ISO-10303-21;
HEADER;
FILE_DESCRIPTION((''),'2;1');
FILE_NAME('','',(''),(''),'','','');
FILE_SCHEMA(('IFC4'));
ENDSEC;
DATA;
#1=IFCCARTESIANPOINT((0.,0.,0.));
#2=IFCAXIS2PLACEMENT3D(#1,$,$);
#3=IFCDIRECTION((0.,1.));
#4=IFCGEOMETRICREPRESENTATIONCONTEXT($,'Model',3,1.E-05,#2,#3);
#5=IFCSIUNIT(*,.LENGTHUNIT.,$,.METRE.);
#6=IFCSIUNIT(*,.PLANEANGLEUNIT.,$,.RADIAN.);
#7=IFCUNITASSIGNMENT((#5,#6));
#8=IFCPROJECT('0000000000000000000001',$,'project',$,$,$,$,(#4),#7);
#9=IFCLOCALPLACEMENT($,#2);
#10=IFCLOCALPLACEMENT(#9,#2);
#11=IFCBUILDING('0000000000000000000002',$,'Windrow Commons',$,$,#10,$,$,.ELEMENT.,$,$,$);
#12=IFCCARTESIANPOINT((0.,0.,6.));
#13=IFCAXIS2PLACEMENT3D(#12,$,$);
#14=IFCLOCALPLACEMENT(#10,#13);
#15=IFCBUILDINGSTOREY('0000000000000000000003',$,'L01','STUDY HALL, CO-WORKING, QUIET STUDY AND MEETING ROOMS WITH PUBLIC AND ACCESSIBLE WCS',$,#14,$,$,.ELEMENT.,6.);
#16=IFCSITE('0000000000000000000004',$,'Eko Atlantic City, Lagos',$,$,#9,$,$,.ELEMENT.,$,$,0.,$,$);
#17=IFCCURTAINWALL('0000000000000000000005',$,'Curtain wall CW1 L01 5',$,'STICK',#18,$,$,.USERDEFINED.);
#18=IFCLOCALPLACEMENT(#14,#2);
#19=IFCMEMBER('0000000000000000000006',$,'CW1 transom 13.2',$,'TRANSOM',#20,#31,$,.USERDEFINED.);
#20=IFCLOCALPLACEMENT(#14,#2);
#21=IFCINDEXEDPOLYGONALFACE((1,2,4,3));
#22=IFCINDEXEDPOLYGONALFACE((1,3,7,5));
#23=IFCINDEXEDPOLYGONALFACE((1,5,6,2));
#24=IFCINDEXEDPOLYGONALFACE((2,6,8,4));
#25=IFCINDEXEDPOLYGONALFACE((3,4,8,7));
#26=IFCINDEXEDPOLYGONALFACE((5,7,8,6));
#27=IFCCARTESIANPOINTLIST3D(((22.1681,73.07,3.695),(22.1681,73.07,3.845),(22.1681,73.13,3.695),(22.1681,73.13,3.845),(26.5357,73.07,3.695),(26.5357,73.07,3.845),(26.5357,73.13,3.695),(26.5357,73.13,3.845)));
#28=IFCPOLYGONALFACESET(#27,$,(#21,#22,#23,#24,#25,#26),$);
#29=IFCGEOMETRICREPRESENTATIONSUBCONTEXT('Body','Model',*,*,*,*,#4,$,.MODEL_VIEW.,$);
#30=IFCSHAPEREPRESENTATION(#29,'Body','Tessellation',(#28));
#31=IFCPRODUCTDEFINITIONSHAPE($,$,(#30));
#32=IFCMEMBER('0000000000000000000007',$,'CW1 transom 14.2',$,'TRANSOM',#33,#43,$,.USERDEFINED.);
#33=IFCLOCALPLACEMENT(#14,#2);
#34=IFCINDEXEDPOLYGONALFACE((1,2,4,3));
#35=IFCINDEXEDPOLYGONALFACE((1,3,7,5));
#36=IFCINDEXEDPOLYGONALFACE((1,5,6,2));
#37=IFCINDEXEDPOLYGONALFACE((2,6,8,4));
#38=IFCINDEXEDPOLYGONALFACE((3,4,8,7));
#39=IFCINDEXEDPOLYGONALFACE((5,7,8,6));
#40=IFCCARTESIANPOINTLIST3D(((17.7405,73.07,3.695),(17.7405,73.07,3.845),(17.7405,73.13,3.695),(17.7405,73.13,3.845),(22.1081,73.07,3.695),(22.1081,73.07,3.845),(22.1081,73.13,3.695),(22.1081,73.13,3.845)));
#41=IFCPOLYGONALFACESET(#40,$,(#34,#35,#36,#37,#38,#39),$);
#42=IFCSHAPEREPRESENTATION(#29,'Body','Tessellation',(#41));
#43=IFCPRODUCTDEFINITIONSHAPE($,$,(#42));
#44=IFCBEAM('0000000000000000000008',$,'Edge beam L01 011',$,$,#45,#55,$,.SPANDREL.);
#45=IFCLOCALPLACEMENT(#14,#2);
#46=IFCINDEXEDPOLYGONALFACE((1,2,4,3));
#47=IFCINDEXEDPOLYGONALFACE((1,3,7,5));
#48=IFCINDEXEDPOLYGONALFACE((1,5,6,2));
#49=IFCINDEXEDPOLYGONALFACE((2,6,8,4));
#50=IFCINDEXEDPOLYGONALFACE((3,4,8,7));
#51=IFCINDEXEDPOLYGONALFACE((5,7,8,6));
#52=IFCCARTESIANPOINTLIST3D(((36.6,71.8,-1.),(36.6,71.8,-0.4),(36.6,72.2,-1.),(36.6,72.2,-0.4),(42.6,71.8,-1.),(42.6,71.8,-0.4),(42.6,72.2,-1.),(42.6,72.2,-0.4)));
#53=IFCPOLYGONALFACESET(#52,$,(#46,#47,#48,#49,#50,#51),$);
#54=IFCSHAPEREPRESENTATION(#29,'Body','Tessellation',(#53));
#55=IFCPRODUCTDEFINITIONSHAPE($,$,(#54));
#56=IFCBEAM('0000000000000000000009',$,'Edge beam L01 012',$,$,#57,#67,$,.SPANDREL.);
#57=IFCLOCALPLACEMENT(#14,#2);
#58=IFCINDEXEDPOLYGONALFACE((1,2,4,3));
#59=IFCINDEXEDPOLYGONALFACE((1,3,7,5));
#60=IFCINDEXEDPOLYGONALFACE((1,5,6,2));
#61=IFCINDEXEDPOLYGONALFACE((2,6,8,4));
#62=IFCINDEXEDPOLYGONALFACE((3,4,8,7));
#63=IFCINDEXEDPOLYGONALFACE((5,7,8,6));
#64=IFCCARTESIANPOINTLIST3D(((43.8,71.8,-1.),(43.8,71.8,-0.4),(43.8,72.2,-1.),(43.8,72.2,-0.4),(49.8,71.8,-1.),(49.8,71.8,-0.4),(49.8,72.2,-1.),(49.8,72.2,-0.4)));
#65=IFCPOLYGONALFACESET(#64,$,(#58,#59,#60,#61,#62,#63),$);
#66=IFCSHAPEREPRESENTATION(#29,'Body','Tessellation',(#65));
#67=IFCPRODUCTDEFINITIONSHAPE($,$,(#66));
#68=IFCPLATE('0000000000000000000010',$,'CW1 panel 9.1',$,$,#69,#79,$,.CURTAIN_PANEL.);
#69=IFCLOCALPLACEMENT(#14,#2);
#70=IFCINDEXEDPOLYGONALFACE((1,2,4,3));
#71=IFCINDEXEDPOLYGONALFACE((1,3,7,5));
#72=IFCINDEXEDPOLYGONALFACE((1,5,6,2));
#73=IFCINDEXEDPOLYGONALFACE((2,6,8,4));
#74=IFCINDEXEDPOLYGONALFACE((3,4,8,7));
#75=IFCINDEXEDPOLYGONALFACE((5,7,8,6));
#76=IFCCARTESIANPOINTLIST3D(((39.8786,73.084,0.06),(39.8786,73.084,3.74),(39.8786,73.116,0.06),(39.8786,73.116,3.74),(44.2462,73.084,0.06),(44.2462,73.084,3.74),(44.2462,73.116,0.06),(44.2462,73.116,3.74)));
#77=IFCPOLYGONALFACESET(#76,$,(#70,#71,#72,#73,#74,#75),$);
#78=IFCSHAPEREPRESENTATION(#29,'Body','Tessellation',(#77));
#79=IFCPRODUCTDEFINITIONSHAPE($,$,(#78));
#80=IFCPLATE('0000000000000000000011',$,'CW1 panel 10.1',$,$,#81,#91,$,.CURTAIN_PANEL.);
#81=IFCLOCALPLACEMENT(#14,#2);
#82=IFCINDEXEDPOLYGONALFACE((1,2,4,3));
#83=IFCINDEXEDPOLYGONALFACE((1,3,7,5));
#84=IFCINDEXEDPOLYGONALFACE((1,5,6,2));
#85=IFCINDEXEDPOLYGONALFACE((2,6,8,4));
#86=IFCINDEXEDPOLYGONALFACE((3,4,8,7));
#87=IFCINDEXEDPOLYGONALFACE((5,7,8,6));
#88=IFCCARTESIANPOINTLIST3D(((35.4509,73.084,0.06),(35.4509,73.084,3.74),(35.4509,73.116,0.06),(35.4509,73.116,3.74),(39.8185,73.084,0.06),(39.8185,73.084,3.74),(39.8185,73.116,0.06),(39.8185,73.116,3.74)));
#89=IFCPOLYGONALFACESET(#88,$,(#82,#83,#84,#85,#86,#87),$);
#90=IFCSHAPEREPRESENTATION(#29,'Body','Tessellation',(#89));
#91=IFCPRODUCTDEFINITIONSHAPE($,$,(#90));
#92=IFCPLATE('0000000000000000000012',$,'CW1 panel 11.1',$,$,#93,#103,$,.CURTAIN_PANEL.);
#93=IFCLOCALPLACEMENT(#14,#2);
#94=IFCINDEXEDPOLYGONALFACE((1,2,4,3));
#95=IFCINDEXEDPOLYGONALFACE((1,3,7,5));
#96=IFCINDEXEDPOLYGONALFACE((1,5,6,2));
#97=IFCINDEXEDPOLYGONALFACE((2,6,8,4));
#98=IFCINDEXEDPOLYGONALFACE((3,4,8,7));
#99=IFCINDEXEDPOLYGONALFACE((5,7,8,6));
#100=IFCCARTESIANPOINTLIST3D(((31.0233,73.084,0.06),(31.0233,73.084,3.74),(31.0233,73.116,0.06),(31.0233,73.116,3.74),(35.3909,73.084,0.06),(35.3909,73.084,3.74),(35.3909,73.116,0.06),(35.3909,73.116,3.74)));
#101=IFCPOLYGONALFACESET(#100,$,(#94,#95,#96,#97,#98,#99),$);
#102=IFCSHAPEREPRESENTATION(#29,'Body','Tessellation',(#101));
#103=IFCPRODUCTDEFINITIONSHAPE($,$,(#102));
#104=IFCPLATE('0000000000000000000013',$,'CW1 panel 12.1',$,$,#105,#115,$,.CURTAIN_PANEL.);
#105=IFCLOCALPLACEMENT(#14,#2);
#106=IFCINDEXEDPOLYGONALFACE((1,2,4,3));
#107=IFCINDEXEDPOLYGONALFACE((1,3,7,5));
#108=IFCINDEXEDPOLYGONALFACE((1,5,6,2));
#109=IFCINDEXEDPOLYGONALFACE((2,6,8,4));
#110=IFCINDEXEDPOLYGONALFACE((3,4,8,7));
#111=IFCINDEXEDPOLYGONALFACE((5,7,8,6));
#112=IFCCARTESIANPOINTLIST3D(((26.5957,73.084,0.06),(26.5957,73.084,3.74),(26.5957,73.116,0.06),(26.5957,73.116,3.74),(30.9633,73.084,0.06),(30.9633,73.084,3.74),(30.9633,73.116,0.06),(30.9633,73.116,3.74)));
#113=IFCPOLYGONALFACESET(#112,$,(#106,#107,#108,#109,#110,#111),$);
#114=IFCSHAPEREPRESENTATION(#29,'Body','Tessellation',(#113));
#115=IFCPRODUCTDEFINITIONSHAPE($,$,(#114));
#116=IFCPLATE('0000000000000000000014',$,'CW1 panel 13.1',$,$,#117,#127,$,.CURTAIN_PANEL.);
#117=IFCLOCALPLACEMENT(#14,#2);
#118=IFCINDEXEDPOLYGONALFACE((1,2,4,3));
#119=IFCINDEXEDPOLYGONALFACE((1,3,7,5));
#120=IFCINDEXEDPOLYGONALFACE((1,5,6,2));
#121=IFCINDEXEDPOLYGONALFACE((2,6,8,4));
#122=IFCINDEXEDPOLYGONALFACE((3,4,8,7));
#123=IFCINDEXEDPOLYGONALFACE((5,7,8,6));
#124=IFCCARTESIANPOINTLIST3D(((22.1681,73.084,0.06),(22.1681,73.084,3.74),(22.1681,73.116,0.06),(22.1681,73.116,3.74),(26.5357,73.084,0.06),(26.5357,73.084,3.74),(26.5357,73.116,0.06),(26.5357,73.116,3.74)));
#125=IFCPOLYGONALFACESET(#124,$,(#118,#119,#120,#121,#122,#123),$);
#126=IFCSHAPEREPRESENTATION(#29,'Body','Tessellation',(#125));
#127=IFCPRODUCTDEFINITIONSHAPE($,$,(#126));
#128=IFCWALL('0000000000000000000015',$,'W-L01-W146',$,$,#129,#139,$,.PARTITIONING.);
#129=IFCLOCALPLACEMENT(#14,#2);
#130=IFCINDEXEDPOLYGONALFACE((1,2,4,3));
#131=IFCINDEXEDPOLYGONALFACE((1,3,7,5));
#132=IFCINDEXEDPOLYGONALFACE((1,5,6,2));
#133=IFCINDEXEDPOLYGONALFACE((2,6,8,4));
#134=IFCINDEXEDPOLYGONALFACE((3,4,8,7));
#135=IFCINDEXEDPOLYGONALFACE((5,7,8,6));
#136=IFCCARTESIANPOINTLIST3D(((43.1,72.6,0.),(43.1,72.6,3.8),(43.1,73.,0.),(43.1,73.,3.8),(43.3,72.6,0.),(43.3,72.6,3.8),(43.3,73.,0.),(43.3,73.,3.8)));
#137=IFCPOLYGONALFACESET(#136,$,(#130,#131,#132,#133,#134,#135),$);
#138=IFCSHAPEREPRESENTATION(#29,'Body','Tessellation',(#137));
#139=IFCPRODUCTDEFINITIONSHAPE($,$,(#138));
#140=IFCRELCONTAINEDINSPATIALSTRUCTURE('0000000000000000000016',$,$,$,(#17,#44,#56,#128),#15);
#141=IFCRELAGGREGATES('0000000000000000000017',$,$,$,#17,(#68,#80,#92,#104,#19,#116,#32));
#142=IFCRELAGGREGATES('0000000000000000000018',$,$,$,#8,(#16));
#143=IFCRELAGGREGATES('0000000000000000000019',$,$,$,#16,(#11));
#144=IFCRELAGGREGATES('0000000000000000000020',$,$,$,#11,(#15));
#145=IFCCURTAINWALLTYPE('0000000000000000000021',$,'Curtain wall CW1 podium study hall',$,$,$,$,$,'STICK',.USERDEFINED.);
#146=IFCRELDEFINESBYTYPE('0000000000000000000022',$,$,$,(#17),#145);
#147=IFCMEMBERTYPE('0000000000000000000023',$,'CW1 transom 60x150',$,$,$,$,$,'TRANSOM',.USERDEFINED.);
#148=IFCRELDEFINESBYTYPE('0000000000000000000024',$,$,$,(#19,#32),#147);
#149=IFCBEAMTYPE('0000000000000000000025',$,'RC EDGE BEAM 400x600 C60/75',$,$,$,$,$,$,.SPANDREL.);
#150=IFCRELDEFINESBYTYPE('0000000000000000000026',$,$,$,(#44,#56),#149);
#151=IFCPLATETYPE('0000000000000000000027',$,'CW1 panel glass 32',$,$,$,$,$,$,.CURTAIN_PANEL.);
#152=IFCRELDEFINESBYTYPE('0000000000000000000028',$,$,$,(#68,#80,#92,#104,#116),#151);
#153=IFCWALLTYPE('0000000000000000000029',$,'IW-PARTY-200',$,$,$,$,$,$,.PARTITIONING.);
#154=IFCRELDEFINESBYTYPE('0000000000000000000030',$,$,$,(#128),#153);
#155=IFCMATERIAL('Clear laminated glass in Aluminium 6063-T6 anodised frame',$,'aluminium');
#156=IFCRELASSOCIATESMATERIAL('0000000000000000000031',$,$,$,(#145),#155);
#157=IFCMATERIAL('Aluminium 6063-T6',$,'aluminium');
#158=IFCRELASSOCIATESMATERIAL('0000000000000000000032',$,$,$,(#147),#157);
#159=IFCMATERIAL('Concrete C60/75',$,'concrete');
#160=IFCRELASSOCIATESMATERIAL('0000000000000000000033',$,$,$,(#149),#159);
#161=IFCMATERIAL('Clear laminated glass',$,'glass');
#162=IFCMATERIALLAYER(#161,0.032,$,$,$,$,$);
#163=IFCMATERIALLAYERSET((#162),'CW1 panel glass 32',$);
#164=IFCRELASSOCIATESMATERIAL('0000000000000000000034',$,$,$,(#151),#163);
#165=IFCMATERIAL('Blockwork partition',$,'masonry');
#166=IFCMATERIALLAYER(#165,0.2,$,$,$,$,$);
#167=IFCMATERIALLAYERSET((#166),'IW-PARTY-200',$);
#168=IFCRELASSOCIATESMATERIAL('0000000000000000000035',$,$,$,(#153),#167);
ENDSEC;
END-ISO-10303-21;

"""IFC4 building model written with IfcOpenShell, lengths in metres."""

from ifc_helpers import new_model, si_unit, direction, frame, frame_2d, origin, origin_2d, place, context, subcontext, project, spatial, rectangle, extrude, material, layer, layer_set, material_profile, profile_set, type_object, element, aggregate, save


model = new_model("IFC4")

# Units and contexts
model_context = context("Model", 3, precision=1e-05, world=origin(), true_north=direction((0.0, 1.0)))
body_context = subcontext(model_context, "Body", "Model", "MODEL_VIEW")
ifc_project = project(units=[si_unit("LENGTHUNIT", "METRE"), si_unit("PLANEANGLEUNIT", "RADIAN")], contexts=[model_context])

# Site, building, storey
site_placement = place(None, origin())
site = spatial("IfcSite", under=ifc_project, at=site_placement, Name="Eko Atlantic City, Lagos", CompositionType="ELEMENT", RefElevation=0.0)
building_placement = place(site_placement, origin())
building = spatial("IfcBuilding", under=site, at=building_placement, Name="Windrow Commons", CompositionType="ELEMENT")
storey_placement = place(building_placement, frame((0.0, 0.0, 6.0)))
storey = spatial("IfcBuildingStorey", under=building, at=storey_placement, Name="L01", Description="STUDY HALL, CO-WORKING, QUIET STUDY AND MEETING ROOMS WITH PUBLIC AND ACCESSIBLE WCS", CompositionType="ELEMENT", Elevation=6.0)

# Curtain wall, members
ifc_material_1 = material(Name="Clear laminated glass in Aluminium 6063-T6 anodised frame", Category="aluminium")
curtain_wall_type = type_object("IfcCurtainWallType", Name="Curtain wall CW1 podium study hall", ElementType="STICK", PredefinedType="USERDEFINED", material=ifc_material_1)
curtain_wall_placement = place(storey_placement, origin())
curtain_wall = element("IfcCurtainWall", 1, at=curtain_wall_placement, inside=storey, type_object=curtain_wall_type, Name="Curtain wall CW1 L01 5", ObjectType="STICK", PredefinedType="USERDEFINED")
ifc_material_2 = material(Name="Aluminium 6063-T6", Category="aluminium")
ifc_material_profile_1 = material_profile(ifc_material_2, rectangle(XDim=0.06, YDim=0.15, at=origin_2d()))
ifc_profile_set_1 = profile_set([ifc_material_profile_1], Name="Aluminium 6063-T6")
member_type_1 = type_object("IfcMemberType", Name="CW1 transom 60x150", ElementType="TRANSOM", PredefinedType="USERDEFINED", material=ifc_profile_set_1)
member_1_placement = place(storey_placement, frame((26.5357, 73.1, 3.77), z_axis=(-1.0, 0.0, 0.0), x_axis=(0.0, -1.0, 0.0)))
member_1 = element("IfcMember", 2, at=member_1_placement, type_object=member_type_1, Name="CW1 transom 13.2", ObjectType="TRANSOM", PredefinedType="USERDEFINED", context=body_context, shape_type="SweptSolid", body=[
    extrude(rectangle(XDim=0.06, YDim=0.15, at=origin_2d()), origin(), (0.0, 0.0, 1.0), 4.3676),
])
member_2_placement = place(storey_placement, frame((22.1081, 73.1, 3.77), z_axis=(-1.0, 0.0, 0.0), x_axis=(0.0, -1.0, 0.0)))
member_2 = element("IfcMember", 3, at=member_2_placement, type_object=member_type_1, Name="CW1 transom 14.2", ObjectType="TRANSOM", PredefinedType="USERDEFINED", context=body_context, shape_type="SweptSolid", body=[
    extrude(rectangle(XDim=0.06, YDim=0.15, at=origin_2d()), origin(), (0.0, 0.0, 1.0), 4.3676),
])

# Beams
ifc_material_3 = material(Name="Concrete C60/75", Category="concrete")
ifc_material_profile_2 = material_profile(ifc_material_3, rectangle(XDim=0.4, YDim=0.6, at=origin_2d()))
ifc_profile_set_2 = profile_set([ifc_material_profile_2], Name="Concrete C60/75")
beam_type = type_object("IfcBeamType", Name="RC EDGE BEAM 400x600 C60/75", PredefinedType="SPANDREL", material=ifc_profile_set_2)
for number, where, z_axis, x_axis, name in (
    (4, (36.6, 72.0, -0.7), (1.0, 0.0, 0.0), (0.0, 1.0, 0.0), "Edge beam L01 011"),
    (5, (43.8, 72.0, -0.7), (1.0, 0.0, 0.0), (0.0, 1.0, 0.0), "Edge beam L01 012"),
):
    element("IfcBeam", number, at=place(storey_placement, frame(where, z_axis=z_axis, x_axis=x_axis)), inside=storey, type_object=beam_type, Name=name, PredefinedType="SPANDREL", context=body_context, shape_type="SweptSolid", body=[
        extrude(rectangle(XDim=0.4, YDim=0.6, at=origin_2d()), origin(), (0.0, 0.0, 1.0), 6.0),
    ])

# Plates
ifc_material_4 = material(Name="Clear laminated glass", Category="glass")
ifc_layer_1 = layer(ifc_material_4, 0.032)
ifc_layer_set_1 = layer_set([ifc_layer_1], Name="CW1 panel glass 32")
plate_type = type_object("IfcPlateType", Name="CW1 panel glass 32", PredefinedType="CURTAIN_PANEL", material=ifc_layer_set_1)
plate_1_placement = place(storey_placement, frame((42.0624, 73.1, 0.06), z_axis=(0.0, 0.0, 1.0), x_axis=(-1.0, 0.0, 0.0)))
plate_1 = element("IfcPlate", 6, at=plate_1_placement, type_object=plate_type, Name="CW1 panel 9.1", PredefinedType="CURTAIN_PANEL", context=body_context, shape_type="SweptSolid", body=[
    extrude(rectangle(XDim=4.3676, YDim=0.032, at=origin_2d()), origin(), (0.0, 0.0, 1.0), 3.68),
])
plate_2_placement = place(storey_placement, frame((37.6347, 73.1, 0.06), z_axis=(0.0, 0.0, 1.0), x_axis=(-1.0, 0.0, 0.0)))
plate_2 = element("IfcPlate", 7, at=plate_2_placement, type_object=plate_type, Name="CW1 panel 10.1", PredefinedType="CURTAIN_PANEL", context=body_context, shape_type="SweptSolid", body=[
    extrude(rectangle(XDim=4.3676, YDim=0.032, at=origin_2d()), origin(), (0.0, 0.0, 1.0), 3.68),
])
plate_3_placement = place(storey_placement, frame((33.2071, 73.1, 0.06), z_axis=(0.0, 0.0, 1.0), x_axis=(-1.0, 0.0, 0.0)))
plate_3 = element("IfcPlate", 8, at=plate_3_placement, type_object=plate_type, Name="CW1 panel 11.1", PredefinedType="CURTAIN_PANEL", context=body_context, shape_type="SweptSolid", body=[
    extrude(rectangle(XDim=4.3676, YDim=0.032, at=origin_2d()), origin(), (0.0, 0.0, 1.0), 3.68),
])
plate_4_placement = place(storey_placement, frame((28.7795, 73.1, 0.06), z_axis=(0.0, 0.0, 1.0), x_axis=(-1.0, 0.0, 0.0)))
plate_4 = element("IfcPlate", 9, at=plate_4_placement, type_object=plate_type, Name="CW1 panel 12.1", PredefinedType="CURTAIN_PANEL", context=body_context, shape_type="SweptSolid", body=[
    extrude(rectangle(XDim=4.3676, YDim=0.032, at=origin_2d()), origin(), (0.0, 0.0, 1.0), 3.68),
])
plate_5_placement = place(storey_placement, frame((24.3519, 73.1, 0.06), z_axis=(0.0, 0.0, 1.0), x_axis=(-1.0, 0.0, 0.0)))
plate_5 = element("IfcPlate", 10, at=plate_5_placement, type_object=plate_type, Name="CW1 panel 13.1", PredefinedType="CURTAIN_PANEL", context=body_context, shape_type="SweptSolid", body=[
    extrude(rectangle(XDim=4.3676, YDim=0.032, at=origin_2d()), origin(), (0.0, 0.0, 1.0), 3.68),
])
aggregate(curtain_wall, [plate_1, plate_2, plate_3, plate_4, member_1, plate_5, member_2])

# Wall
ifc_material_5 = material(Name="Blockwork partition", Category="masonry")
ifc_layer_2 = layer(ifc_material_5, 0.2)
ifc_layer_set_2 = layer_set([ifc_layer_2], Name="IW-PARTY-200")
wall_type = type_object("IfcWallType", Name="IW-PARTY-200", PredefinedType="PARTITIONING", material=ifc_layer_set_2)
wall_placement = place(storey_placement, frame((43.2, 72.6, 0.0), z_axis=(0.0, 0.0, 1.0), x_axis=(0.0, 1.0, 0.0)))
element("IfcWall", 11, at=wall_placement, inside=storey, type_object=wall_type, Name="W-L01-W146", PredefinedType="PARTITIONING", context=body_context, shape_type="SweptSolid", body=[
    extrude(rectangle(XDim=0.4, YDim=0.2, at=frame_2d((0.2, 0.0))), origin(), (0.0, 0.0, 1.0), 3.8),
])

save(model, "model.ifc")
